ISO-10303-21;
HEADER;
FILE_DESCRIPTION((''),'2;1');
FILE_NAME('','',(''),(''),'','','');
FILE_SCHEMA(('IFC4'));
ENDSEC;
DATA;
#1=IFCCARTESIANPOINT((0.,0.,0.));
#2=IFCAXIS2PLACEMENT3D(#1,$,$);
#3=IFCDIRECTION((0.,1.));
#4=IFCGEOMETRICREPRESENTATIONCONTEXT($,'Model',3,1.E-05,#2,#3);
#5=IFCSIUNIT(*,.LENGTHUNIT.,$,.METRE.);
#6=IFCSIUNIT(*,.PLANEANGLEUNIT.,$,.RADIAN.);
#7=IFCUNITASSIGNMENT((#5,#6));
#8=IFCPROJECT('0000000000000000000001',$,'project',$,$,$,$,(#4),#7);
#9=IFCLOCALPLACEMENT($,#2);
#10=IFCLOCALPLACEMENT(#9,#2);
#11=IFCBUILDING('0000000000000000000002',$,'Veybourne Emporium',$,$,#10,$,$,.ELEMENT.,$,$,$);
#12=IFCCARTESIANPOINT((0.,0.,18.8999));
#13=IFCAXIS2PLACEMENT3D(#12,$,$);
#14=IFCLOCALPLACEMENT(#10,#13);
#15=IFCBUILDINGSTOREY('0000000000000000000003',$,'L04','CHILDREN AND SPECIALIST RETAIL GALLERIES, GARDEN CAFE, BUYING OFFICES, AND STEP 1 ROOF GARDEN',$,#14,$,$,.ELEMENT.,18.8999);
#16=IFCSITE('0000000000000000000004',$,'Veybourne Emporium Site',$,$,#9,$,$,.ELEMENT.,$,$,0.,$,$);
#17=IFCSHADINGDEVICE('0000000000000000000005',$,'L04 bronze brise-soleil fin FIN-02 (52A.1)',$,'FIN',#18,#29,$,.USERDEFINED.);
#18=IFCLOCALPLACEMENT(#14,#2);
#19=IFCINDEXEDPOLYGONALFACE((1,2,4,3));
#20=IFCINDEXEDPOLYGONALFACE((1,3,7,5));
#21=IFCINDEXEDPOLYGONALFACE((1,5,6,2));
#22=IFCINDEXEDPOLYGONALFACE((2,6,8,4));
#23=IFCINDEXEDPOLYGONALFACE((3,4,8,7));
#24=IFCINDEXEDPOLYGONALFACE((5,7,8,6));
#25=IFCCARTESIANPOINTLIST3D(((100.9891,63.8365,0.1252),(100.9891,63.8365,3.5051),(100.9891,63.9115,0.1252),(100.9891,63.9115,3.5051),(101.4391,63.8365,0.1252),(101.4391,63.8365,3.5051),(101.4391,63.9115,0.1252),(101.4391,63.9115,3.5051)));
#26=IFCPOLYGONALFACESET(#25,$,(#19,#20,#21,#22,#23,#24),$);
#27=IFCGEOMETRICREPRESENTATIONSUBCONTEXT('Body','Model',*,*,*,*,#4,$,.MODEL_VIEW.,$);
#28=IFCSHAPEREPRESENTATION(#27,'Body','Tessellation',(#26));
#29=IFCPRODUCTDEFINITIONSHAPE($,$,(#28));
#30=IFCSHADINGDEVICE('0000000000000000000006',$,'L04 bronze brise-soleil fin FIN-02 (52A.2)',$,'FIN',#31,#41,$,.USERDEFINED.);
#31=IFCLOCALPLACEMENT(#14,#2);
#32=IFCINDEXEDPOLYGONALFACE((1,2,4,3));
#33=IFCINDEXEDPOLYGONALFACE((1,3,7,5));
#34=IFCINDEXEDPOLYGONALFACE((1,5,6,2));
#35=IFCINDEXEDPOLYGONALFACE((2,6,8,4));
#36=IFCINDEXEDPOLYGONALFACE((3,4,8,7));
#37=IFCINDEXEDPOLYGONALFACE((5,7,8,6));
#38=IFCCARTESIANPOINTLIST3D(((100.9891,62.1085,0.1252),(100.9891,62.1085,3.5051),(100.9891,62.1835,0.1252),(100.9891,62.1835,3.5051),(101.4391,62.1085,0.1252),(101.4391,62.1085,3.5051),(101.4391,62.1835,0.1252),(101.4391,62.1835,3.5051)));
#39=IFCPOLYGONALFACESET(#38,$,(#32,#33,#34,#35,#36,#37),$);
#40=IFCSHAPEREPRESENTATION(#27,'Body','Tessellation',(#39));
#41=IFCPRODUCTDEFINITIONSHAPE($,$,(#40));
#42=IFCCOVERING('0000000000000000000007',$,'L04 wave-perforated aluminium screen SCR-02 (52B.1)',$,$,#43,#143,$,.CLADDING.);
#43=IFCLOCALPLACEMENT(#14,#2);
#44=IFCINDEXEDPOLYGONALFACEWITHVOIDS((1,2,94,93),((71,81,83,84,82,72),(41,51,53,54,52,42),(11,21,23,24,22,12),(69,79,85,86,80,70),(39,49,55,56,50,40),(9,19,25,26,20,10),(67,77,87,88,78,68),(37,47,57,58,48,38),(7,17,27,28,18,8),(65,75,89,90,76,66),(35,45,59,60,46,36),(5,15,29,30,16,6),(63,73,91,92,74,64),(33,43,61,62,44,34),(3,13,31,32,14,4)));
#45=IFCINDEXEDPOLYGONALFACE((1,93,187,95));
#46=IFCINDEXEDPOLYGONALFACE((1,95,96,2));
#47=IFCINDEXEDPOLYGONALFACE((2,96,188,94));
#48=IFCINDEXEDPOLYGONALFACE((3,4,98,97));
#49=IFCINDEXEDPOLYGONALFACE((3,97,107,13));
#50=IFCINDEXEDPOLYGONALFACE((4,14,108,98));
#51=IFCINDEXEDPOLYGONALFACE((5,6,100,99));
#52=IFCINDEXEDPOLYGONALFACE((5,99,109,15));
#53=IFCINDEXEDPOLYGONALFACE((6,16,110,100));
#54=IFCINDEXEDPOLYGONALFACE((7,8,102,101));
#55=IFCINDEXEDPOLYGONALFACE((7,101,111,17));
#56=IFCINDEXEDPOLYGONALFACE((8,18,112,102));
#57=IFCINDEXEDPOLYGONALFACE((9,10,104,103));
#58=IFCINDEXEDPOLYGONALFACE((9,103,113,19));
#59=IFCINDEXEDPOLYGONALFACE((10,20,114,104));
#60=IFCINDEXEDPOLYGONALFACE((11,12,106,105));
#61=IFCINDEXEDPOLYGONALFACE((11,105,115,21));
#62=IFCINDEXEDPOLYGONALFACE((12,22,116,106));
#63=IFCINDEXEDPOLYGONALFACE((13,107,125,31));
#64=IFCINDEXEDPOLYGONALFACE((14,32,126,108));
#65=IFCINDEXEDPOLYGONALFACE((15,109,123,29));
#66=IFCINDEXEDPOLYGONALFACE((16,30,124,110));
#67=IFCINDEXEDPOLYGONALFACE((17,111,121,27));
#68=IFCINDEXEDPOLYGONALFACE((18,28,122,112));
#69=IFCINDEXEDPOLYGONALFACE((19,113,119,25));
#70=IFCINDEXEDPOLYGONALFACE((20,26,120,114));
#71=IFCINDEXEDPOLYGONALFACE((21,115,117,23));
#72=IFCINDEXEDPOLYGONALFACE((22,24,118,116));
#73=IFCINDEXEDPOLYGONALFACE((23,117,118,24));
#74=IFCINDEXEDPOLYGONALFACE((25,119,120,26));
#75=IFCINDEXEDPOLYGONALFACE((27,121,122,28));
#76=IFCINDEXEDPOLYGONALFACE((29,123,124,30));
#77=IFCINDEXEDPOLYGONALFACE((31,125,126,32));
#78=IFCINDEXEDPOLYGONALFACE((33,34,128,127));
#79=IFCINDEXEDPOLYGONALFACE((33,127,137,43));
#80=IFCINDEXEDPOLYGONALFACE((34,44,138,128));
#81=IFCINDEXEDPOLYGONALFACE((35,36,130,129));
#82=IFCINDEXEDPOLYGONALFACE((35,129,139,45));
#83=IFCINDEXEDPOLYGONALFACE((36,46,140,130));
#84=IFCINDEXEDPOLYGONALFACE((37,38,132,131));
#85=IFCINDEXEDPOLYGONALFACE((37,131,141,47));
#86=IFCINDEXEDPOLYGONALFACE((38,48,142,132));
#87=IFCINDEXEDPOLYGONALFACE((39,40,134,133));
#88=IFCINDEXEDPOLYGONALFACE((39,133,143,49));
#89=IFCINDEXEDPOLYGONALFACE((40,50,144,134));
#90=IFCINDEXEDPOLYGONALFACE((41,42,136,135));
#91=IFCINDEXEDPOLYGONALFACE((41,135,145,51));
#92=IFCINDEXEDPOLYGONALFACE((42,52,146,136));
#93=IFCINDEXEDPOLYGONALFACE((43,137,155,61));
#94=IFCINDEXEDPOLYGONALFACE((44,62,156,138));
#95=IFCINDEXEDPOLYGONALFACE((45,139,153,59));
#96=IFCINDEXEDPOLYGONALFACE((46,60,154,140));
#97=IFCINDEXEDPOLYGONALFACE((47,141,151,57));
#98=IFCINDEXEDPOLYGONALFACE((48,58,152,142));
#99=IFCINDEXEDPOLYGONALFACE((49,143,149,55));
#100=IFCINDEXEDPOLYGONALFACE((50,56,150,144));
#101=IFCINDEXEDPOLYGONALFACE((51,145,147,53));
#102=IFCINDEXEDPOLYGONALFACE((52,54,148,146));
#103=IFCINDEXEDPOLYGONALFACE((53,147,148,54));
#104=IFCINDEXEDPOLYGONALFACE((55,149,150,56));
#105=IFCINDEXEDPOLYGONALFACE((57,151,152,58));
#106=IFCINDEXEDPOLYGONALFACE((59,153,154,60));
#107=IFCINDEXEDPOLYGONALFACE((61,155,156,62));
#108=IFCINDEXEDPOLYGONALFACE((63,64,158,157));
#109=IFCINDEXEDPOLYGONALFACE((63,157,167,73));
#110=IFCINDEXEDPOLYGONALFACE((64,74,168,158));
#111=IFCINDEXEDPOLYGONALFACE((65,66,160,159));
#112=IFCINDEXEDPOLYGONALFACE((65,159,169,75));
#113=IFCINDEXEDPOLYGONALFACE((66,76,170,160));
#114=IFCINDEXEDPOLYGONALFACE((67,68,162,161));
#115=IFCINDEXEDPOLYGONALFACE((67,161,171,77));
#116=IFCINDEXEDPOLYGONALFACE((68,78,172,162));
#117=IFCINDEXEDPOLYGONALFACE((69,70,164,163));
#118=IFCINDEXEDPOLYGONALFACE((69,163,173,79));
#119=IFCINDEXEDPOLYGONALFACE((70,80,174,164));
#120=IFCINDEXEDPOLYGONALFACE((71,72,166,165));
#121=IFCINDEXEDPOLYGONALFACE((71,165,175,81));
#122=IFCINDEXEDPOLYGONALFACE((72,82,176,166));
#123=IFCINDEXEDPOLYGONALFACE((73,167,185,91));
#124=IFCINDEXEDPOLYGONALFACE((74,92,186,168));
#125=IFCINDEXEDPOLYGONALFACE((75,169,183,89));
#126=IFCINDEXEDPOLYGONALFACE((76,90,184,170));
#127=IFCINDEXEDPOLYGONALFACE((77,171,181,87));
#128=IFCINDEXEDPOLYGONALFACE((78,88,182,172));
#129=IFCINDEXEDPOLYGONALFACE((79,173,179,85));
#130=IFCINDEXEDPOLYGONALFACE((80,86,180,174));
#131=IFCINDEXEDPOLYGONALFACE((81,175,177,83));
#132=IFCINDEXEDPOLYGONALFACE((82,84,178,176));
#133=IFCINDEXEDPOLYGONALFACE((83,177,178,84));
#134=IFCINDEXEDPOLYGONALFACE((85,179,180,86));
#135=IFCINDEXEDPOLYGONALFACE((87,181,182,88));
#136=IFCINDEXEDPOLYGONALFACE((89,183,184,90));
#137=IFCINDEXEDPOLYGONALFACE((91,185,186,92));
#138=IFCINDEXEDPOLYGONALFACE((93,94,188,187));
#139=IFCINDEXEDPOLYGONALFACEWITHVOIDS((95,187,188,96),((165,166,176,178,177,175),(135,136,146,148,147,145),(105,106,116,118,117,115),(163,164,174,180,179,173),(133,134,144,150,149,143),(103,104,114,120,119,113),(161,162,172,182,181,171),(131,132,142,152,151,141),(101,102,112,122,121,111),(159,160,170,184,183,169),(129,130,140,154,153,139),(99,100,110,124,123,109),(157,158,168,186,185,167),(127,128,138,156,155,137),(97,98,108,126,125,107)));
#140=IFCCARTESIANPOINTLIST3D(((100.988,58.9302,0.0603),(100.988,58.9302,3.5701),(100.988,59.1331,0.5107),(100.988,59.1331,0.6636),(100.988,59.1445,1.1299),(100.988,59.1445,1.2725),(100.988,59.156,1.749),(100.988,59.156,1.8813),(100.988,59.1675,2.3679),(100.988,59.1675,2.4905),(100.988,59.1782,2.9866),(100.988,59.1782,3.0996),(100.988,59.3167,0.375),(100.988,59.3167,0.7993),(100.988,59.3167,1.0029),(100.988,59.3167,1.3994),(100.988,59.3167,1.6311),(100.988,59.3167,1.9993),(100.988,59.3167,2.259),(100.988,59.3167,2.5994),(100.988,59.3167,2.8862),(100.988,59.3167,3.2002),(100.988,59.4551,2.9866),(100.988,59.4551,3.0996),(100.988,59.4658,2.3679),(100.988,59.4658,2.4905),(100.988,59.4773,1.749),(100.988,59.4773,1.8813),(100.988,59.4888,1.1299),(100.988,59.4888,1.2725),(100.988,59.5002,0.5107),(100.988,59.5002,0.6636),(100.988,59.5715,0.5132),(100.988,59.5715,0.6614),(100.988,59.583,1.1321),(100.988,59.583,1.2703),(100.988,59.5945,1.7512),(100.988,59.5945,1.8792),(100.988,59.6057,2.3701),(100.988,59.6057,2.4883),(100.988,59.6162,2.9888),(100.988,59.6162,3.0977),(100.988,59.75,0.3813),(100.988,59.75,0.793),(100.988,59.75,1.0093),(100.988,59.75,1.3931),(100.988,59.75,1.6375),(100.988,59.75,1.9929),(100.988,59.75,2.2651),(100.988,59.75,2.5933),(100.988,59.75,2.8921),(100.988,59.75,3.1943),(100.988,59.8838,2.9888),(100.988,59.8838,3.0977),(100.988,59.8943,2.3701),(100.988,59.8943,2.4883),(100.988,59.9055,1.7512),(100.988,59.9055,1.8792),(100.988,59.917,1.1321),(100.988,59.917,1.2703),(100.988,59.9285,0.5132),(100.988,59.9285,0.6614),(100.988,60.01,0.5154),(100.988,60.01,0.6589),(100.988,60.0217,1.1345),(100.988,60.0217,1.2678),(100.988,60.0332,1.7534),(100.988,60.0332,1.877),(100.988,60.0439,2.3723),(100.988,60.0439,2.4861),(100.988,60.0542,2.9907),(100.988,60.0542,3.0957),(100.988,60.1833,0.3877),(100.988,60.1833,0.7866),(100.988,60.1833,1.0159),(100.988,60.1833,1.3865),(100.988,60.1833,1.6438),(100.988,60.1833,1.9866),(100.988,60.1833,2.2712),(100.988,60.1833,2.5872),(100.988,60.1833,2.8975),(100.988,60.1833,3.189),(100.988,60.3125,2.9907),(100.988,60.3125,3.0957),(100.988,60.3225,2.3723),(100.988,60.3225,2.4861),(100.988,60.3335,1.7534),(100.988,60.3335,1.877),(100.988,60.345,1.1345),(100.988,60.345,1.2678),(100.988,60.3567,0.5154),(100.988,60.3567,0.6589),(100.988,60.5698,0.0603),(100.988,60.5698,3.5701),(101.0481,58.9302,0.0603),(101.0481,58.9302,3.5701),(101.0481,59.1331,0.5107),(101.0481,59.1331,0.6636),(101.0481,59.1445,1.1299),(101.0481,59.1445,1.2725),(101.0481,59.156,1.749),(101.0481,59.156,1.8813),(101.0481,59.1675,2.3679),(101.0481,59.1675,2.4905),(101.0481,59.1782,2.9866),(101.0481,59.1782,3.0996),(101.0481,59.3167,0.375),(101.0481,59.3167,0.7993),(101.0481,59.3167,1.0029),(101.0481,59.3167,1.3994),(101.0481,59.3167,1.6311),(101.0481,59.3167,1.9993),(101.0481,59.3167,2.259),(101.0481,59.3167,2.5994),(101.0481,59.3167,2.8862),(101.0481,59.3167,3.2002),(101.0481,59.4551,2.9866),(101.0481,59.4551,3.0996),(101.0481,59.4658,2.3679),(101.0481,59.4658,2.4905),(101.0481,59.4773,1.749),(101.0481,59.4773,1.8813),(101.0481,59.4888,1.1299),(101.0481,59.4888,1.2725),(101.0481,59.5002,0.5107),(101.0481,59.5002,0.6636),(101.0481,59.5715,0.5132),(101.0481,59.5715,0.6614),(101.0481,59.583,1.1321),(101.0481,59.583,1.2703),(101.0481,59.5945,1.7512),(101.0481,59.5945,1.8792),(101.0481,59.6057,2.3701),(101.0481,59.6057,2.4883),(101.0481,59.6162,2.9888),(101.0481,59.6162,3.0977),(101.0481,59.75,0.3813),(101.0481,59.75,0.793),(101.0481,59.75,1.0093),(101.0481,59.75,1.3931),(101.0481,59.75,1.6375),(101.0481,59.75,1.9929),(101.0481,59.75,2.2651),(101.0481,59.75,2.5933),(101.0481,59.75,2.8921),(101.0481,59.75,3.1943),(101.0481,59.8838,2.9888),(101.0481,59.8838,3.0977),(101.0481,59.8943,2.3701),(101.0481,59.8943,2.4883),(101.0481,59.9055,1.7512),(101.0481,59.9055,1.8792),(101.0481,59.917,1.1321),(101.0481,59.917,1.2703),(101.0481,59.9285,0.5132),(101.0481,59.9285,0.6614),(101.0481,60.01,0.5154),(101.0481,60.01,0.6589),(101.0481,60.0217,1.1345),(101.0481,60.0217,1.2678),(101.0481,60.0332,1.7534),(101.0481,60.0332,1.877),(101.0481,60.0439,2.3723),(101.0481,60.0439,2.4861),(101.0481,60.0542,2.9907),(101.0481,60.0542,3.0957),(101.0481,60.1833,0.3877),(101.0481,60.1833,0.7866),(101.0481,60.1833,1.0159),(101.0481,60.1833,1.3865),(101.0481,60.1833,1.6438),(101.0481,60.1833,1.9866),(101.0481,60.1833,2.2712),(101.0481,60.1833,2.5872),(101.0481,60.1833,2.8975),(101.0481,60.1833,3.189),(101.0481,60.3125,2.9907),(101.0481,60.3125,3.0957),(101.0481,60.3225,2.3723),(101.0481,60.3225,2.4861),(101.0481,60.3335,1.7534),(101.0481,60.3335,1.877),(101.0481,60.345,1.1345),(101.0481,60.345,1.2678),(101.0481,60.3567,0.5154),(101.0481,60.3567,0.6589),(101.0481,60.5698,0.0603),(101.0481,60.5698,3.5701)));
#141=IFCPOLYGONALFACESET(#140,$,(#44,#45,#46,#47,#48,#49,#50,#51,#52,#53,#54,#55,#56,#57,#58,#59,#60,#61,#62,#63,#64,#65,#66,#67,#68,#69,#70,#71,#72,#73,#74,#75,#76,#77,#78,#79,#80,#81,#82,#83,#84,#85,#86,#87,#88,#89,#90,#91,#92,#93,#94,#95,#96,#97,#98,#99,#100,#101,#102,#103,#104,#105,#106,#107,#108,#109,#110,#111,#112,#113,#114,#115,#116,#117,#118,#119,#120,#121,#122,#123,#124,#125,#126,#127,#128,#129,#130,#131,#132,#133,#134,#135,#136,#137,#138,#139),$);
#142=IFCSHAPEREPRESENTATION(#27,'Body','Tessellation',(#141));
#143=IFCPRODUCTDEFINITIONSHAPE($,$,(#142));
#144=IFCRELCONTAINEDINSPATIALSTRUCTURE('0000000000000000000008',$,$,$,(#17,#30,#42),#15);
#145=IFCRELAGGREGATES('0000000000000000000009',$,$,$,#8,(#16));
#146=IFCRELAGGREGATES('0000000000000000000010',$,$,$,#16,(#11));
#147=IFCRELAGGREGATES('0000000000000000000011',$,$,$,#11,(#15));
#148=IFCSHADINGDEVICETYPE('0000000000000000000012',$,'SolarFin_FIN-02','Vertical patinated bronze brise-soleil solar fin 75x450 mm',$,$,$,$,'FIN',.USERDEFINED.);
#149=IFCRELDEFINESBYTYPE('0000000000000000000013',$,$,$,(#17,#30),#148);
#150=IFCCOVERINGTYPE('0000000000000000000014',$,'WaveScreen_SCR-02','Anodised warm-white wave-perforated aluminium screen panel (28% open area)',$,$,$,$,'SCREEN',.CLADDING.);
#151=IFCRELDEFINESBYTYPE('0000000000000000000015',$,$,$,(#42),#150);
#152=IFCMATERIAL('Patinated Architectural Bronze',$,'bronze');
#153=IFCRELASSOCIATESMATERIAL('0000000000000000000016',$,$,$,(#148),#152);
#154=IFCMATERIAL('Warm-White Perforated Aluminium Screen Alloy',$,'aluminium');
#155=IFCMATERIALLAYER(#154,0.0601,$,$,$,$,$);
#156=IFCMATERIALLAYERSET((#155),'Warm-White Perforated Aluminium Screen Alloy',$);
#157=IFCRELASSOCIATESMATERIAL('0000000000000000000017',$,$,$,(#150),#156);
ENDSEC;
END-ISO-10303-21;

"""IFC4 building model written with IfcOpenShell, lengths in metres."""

from ifc_helpers import new_model, si_unit, direction, frame, origin, origin_2d, place, context, subcontext, project, spatial, polyline, rectangle, outline, extrude, material, layer, layer_set, type_object, element, save


model = new_model("IFC4")

# Units and contexts
model_context = context("Model", 3, precision=1e-05, world=origin(), true_north=direction((0.0, 1.0)))
body_context = subcontext(model_context, "Body", "Model", "MODEL_VIEW")
ifc_project = project(units=[si_unit("LENGTHUNIT", "METRE"), si_unit("PLANEANGLEUNIT", "RADIAN")], contexts=[model_context])

# Site, building, storey
site_placement = place(None, origin())
site = spatial("IfcSite", under=ifc_project, at=site_placement, Name="Veybourne Emporium Site", CompositionType="ELEMENT", RefElevation=0.0)
building_placement = place(site_placement, origin())
building = spatial("IfcBuilding", under=site, at=building_placement, Name="Veybourne Emporium", CompositionType="ELEMENT")
storey_placement = place(building_placement, frame((0.0, 0.0, 18.8999)))
storey = spatial("IfcBuildingStorey", under=building, at=storey_placement, Name="L04", Description="CHILDREN AND SPECIALIST RETAIL GALLERIES, GARDEN CAFE, BUYING OFFICES, AND STEP 1 ROOF GARDEN", CompositionType="ELEMENT", Elevation=18.8999)

# Shared definitions
ifc_material_1 = material(Name="Patinated Architectural Bronze", Category="bronze")

# Shading devices
shading_device_type = type_object("IfcShadingDeviceType", Name="SolarFin_FIN-02", Description="Vertical patinated bronze brise-soleil solar fin 75x450 mm", ElementType="FIN", PredefinedType="USERDEFINED", material=ifc_material_1)
for number, where, z_axis, x_axis, name in (
    (1, (101.2141, 63.874, 0.1252), (0.0, 0.0, 1.0), (0.0, -1.0, 0.0), "L04 bronze brise-soleil fin FIN-02 (52A.1)"),
    (2, (101.2141, 62.146, 0.1252), (0.0, 0.0, 1.0), (0.0, -1.0, 0.0), "L04 bronze brise-soleil fin FIN-02 (52A.2)"),
):
    element("IfcShadingDevice", number, at=place(storey_placement, frame(where, z_axis=z_axis, x_axis=x_axis)), inside=storey, type_object=shading_device_type, Name=name, ObjectType="FIN", PredefinedType="USERDEFINED", context=body_context, shape_type="SweptSolid", body=[
        extrude(rectangle(XDim=0.075, YDim=0.45, at=origin_2d()), origin(), (0.0, 0.0, 1.0), 3.3799),
    ])

# Covering
ifc_material_2 = material(Name="Warm-White Perforated Aluminium Screen Alloy", Category="aluminium")
ifc_layer_1 = layer(ifc_material_2, 0.0601)
ifc_layer_set_1 = layer_set([ifc_layer_1], Name="Warm-White Perforated Aluminium Screen Alloy")
covering_type = type_object("IfcCoveringType", Name="WaveScreen_SCR-02", Description="Anodised warm-white wave-perforated aluminium screen panel (28% open area)", ElementType="SCREEN", PredefinedType="CLADDING", material=ifc_layer_set_1)
covering_placement = place(storey_placement, frame((101.0481, 59.75, 1.8152), z_axis=(-1.0, 0.0, 0.0), x_axis=(0.0, -1.0, 0.0)))
element("IfcCovering", 3, at=covering_placement, inside=storey, type_object=covering_type, Name="L04 wave-perforated aluminium screen SCR-02 (52B.1)", PredefinedType="CLADDING", context=body_context, shape_type="SweptSolid", body=[
    extrude(outline(polyline([(-0.8198, -1.7549), (0.8198, -1.7549), (0.8198, 1.7549), (-0.8198, 1.7549), (-0.8198, -1.7549)]), holes=[polyline([(-0.4333, -1.0286), (-0.26, -1.1562), (-0.26, -1.2998), (-0.4333, -1.4275), (-0.6067, -1.2998), (-0.6067, -1.1562), (-0.4333, -1.0286)]), polyline([(-0.4333, -0.4287), (-0.2717, -0.5474), (-0.2717, -0.6807), (-0.4333, -0.7993), (-0.595, -0.6807), (-0.595, -0.5474), (-0.4333, -0.4287)]), polyline([(-0.4333, 0.1714), (-0.2832, 0.0618), (-0.2832, -0.0618), (-0.4333, -0.1714), (-0.5835, -0.0618), (-0.5835, 0.0618), (-0.4333, 0.1714)]), polyline([(-0.4333, 0.772), (-0.2939, 0.6709), (-0.2939, 0.5571), (-0.4333, 0.4561), (-0.5725, 0.5571), (-0.5725, 0.6709), (-0.4333, 0.772)]), polyline([(-0.4333, 1.3738), (-0.3042, 1.2805), (-0.3042, 1.1755), (-0.4333, 1.0823), (-0.5625, 1.1755), (-0.5625, 1.2805), (-0.4333, 1.3738)]), polyline([(0.0, -1.0222), (0.1785, -1.1538), (0.1785, -1.302), (0.0, -1.4338), (-0.1785, -1.302), (-0.1785, -1.1538), (0.0, -1.0222)]), polyline([(0.0, -0.4221), (0.167, -0.5449), (0.167, -0.6831), (0.0, -0.8059), (-0.167, -0.6831), (-0.167, -0.5449), (0.0, -0.4221)]), polyline([(0.0, 0.1777), (0.1555, 0.064), (0.1555, -0.064), (0.0, -0.1777), (-0.1555, -0.064), (-0.1555, 0.064), (0.0, 0.1777)]), polyline([(0.0, 0.7781), (0.1443, 0.6731), (0.1443, 0.5549), (0.0, 0.45), (-0.1443, 0.5549), (-0.1443, 0.6731), (0.0, 0.7781)]), polyline([(0.0, 1.3792), (0.1338, 1.2825), (0.1338, 1.1736), (0.0, 1.0769), (-0.1338, 1.1736), (-0.1338, 1.2825), (0.0, 1.3792)]), polyline([(0.4333, -1.0159), (0.6169, -1.1516), (0.6169, -1.3044), (0.4333, -1.4402), (0.2498, -1.3044), (0.2498, -1.1516), (0.4333, -1.0159)]), polyline([(0.4333, -0.4158), (0.6055, -0.5427), (0.6055, -0.6853), (0.4333, -0.8123), (0.2612, -0.6853), (0.2612, -0.5427), (0.4333, -0.4158)]), polyline([(0.4333, 0.1841), (0.594, 0.0662), (0.594, -0.0662), (0.4333, -0.1841), (0.2727, -0.0662), (0.2727, 0.0662), (0.4333, 0.1841)]), polyline([(0.4333, 0.7842), (0.5825, 0.6753), (0.5825, 0.5527), (0.4333, 0.4438), (0.2842, 0.5527), (0.2842, 0.6753), (0.4333, 0.7842)]), polyline([(0.4333, 1.385), (0.5718, 1.2844), (0.5718, 1.1714), (0.4333, 1.071), (0.2949, 1.1714), (0.2949, 1.2844), (0.4333, 1.385)])]), origin(), (0.0, 0.0, 1.0), 0.0601),
])

save(model, "model.ifc")
